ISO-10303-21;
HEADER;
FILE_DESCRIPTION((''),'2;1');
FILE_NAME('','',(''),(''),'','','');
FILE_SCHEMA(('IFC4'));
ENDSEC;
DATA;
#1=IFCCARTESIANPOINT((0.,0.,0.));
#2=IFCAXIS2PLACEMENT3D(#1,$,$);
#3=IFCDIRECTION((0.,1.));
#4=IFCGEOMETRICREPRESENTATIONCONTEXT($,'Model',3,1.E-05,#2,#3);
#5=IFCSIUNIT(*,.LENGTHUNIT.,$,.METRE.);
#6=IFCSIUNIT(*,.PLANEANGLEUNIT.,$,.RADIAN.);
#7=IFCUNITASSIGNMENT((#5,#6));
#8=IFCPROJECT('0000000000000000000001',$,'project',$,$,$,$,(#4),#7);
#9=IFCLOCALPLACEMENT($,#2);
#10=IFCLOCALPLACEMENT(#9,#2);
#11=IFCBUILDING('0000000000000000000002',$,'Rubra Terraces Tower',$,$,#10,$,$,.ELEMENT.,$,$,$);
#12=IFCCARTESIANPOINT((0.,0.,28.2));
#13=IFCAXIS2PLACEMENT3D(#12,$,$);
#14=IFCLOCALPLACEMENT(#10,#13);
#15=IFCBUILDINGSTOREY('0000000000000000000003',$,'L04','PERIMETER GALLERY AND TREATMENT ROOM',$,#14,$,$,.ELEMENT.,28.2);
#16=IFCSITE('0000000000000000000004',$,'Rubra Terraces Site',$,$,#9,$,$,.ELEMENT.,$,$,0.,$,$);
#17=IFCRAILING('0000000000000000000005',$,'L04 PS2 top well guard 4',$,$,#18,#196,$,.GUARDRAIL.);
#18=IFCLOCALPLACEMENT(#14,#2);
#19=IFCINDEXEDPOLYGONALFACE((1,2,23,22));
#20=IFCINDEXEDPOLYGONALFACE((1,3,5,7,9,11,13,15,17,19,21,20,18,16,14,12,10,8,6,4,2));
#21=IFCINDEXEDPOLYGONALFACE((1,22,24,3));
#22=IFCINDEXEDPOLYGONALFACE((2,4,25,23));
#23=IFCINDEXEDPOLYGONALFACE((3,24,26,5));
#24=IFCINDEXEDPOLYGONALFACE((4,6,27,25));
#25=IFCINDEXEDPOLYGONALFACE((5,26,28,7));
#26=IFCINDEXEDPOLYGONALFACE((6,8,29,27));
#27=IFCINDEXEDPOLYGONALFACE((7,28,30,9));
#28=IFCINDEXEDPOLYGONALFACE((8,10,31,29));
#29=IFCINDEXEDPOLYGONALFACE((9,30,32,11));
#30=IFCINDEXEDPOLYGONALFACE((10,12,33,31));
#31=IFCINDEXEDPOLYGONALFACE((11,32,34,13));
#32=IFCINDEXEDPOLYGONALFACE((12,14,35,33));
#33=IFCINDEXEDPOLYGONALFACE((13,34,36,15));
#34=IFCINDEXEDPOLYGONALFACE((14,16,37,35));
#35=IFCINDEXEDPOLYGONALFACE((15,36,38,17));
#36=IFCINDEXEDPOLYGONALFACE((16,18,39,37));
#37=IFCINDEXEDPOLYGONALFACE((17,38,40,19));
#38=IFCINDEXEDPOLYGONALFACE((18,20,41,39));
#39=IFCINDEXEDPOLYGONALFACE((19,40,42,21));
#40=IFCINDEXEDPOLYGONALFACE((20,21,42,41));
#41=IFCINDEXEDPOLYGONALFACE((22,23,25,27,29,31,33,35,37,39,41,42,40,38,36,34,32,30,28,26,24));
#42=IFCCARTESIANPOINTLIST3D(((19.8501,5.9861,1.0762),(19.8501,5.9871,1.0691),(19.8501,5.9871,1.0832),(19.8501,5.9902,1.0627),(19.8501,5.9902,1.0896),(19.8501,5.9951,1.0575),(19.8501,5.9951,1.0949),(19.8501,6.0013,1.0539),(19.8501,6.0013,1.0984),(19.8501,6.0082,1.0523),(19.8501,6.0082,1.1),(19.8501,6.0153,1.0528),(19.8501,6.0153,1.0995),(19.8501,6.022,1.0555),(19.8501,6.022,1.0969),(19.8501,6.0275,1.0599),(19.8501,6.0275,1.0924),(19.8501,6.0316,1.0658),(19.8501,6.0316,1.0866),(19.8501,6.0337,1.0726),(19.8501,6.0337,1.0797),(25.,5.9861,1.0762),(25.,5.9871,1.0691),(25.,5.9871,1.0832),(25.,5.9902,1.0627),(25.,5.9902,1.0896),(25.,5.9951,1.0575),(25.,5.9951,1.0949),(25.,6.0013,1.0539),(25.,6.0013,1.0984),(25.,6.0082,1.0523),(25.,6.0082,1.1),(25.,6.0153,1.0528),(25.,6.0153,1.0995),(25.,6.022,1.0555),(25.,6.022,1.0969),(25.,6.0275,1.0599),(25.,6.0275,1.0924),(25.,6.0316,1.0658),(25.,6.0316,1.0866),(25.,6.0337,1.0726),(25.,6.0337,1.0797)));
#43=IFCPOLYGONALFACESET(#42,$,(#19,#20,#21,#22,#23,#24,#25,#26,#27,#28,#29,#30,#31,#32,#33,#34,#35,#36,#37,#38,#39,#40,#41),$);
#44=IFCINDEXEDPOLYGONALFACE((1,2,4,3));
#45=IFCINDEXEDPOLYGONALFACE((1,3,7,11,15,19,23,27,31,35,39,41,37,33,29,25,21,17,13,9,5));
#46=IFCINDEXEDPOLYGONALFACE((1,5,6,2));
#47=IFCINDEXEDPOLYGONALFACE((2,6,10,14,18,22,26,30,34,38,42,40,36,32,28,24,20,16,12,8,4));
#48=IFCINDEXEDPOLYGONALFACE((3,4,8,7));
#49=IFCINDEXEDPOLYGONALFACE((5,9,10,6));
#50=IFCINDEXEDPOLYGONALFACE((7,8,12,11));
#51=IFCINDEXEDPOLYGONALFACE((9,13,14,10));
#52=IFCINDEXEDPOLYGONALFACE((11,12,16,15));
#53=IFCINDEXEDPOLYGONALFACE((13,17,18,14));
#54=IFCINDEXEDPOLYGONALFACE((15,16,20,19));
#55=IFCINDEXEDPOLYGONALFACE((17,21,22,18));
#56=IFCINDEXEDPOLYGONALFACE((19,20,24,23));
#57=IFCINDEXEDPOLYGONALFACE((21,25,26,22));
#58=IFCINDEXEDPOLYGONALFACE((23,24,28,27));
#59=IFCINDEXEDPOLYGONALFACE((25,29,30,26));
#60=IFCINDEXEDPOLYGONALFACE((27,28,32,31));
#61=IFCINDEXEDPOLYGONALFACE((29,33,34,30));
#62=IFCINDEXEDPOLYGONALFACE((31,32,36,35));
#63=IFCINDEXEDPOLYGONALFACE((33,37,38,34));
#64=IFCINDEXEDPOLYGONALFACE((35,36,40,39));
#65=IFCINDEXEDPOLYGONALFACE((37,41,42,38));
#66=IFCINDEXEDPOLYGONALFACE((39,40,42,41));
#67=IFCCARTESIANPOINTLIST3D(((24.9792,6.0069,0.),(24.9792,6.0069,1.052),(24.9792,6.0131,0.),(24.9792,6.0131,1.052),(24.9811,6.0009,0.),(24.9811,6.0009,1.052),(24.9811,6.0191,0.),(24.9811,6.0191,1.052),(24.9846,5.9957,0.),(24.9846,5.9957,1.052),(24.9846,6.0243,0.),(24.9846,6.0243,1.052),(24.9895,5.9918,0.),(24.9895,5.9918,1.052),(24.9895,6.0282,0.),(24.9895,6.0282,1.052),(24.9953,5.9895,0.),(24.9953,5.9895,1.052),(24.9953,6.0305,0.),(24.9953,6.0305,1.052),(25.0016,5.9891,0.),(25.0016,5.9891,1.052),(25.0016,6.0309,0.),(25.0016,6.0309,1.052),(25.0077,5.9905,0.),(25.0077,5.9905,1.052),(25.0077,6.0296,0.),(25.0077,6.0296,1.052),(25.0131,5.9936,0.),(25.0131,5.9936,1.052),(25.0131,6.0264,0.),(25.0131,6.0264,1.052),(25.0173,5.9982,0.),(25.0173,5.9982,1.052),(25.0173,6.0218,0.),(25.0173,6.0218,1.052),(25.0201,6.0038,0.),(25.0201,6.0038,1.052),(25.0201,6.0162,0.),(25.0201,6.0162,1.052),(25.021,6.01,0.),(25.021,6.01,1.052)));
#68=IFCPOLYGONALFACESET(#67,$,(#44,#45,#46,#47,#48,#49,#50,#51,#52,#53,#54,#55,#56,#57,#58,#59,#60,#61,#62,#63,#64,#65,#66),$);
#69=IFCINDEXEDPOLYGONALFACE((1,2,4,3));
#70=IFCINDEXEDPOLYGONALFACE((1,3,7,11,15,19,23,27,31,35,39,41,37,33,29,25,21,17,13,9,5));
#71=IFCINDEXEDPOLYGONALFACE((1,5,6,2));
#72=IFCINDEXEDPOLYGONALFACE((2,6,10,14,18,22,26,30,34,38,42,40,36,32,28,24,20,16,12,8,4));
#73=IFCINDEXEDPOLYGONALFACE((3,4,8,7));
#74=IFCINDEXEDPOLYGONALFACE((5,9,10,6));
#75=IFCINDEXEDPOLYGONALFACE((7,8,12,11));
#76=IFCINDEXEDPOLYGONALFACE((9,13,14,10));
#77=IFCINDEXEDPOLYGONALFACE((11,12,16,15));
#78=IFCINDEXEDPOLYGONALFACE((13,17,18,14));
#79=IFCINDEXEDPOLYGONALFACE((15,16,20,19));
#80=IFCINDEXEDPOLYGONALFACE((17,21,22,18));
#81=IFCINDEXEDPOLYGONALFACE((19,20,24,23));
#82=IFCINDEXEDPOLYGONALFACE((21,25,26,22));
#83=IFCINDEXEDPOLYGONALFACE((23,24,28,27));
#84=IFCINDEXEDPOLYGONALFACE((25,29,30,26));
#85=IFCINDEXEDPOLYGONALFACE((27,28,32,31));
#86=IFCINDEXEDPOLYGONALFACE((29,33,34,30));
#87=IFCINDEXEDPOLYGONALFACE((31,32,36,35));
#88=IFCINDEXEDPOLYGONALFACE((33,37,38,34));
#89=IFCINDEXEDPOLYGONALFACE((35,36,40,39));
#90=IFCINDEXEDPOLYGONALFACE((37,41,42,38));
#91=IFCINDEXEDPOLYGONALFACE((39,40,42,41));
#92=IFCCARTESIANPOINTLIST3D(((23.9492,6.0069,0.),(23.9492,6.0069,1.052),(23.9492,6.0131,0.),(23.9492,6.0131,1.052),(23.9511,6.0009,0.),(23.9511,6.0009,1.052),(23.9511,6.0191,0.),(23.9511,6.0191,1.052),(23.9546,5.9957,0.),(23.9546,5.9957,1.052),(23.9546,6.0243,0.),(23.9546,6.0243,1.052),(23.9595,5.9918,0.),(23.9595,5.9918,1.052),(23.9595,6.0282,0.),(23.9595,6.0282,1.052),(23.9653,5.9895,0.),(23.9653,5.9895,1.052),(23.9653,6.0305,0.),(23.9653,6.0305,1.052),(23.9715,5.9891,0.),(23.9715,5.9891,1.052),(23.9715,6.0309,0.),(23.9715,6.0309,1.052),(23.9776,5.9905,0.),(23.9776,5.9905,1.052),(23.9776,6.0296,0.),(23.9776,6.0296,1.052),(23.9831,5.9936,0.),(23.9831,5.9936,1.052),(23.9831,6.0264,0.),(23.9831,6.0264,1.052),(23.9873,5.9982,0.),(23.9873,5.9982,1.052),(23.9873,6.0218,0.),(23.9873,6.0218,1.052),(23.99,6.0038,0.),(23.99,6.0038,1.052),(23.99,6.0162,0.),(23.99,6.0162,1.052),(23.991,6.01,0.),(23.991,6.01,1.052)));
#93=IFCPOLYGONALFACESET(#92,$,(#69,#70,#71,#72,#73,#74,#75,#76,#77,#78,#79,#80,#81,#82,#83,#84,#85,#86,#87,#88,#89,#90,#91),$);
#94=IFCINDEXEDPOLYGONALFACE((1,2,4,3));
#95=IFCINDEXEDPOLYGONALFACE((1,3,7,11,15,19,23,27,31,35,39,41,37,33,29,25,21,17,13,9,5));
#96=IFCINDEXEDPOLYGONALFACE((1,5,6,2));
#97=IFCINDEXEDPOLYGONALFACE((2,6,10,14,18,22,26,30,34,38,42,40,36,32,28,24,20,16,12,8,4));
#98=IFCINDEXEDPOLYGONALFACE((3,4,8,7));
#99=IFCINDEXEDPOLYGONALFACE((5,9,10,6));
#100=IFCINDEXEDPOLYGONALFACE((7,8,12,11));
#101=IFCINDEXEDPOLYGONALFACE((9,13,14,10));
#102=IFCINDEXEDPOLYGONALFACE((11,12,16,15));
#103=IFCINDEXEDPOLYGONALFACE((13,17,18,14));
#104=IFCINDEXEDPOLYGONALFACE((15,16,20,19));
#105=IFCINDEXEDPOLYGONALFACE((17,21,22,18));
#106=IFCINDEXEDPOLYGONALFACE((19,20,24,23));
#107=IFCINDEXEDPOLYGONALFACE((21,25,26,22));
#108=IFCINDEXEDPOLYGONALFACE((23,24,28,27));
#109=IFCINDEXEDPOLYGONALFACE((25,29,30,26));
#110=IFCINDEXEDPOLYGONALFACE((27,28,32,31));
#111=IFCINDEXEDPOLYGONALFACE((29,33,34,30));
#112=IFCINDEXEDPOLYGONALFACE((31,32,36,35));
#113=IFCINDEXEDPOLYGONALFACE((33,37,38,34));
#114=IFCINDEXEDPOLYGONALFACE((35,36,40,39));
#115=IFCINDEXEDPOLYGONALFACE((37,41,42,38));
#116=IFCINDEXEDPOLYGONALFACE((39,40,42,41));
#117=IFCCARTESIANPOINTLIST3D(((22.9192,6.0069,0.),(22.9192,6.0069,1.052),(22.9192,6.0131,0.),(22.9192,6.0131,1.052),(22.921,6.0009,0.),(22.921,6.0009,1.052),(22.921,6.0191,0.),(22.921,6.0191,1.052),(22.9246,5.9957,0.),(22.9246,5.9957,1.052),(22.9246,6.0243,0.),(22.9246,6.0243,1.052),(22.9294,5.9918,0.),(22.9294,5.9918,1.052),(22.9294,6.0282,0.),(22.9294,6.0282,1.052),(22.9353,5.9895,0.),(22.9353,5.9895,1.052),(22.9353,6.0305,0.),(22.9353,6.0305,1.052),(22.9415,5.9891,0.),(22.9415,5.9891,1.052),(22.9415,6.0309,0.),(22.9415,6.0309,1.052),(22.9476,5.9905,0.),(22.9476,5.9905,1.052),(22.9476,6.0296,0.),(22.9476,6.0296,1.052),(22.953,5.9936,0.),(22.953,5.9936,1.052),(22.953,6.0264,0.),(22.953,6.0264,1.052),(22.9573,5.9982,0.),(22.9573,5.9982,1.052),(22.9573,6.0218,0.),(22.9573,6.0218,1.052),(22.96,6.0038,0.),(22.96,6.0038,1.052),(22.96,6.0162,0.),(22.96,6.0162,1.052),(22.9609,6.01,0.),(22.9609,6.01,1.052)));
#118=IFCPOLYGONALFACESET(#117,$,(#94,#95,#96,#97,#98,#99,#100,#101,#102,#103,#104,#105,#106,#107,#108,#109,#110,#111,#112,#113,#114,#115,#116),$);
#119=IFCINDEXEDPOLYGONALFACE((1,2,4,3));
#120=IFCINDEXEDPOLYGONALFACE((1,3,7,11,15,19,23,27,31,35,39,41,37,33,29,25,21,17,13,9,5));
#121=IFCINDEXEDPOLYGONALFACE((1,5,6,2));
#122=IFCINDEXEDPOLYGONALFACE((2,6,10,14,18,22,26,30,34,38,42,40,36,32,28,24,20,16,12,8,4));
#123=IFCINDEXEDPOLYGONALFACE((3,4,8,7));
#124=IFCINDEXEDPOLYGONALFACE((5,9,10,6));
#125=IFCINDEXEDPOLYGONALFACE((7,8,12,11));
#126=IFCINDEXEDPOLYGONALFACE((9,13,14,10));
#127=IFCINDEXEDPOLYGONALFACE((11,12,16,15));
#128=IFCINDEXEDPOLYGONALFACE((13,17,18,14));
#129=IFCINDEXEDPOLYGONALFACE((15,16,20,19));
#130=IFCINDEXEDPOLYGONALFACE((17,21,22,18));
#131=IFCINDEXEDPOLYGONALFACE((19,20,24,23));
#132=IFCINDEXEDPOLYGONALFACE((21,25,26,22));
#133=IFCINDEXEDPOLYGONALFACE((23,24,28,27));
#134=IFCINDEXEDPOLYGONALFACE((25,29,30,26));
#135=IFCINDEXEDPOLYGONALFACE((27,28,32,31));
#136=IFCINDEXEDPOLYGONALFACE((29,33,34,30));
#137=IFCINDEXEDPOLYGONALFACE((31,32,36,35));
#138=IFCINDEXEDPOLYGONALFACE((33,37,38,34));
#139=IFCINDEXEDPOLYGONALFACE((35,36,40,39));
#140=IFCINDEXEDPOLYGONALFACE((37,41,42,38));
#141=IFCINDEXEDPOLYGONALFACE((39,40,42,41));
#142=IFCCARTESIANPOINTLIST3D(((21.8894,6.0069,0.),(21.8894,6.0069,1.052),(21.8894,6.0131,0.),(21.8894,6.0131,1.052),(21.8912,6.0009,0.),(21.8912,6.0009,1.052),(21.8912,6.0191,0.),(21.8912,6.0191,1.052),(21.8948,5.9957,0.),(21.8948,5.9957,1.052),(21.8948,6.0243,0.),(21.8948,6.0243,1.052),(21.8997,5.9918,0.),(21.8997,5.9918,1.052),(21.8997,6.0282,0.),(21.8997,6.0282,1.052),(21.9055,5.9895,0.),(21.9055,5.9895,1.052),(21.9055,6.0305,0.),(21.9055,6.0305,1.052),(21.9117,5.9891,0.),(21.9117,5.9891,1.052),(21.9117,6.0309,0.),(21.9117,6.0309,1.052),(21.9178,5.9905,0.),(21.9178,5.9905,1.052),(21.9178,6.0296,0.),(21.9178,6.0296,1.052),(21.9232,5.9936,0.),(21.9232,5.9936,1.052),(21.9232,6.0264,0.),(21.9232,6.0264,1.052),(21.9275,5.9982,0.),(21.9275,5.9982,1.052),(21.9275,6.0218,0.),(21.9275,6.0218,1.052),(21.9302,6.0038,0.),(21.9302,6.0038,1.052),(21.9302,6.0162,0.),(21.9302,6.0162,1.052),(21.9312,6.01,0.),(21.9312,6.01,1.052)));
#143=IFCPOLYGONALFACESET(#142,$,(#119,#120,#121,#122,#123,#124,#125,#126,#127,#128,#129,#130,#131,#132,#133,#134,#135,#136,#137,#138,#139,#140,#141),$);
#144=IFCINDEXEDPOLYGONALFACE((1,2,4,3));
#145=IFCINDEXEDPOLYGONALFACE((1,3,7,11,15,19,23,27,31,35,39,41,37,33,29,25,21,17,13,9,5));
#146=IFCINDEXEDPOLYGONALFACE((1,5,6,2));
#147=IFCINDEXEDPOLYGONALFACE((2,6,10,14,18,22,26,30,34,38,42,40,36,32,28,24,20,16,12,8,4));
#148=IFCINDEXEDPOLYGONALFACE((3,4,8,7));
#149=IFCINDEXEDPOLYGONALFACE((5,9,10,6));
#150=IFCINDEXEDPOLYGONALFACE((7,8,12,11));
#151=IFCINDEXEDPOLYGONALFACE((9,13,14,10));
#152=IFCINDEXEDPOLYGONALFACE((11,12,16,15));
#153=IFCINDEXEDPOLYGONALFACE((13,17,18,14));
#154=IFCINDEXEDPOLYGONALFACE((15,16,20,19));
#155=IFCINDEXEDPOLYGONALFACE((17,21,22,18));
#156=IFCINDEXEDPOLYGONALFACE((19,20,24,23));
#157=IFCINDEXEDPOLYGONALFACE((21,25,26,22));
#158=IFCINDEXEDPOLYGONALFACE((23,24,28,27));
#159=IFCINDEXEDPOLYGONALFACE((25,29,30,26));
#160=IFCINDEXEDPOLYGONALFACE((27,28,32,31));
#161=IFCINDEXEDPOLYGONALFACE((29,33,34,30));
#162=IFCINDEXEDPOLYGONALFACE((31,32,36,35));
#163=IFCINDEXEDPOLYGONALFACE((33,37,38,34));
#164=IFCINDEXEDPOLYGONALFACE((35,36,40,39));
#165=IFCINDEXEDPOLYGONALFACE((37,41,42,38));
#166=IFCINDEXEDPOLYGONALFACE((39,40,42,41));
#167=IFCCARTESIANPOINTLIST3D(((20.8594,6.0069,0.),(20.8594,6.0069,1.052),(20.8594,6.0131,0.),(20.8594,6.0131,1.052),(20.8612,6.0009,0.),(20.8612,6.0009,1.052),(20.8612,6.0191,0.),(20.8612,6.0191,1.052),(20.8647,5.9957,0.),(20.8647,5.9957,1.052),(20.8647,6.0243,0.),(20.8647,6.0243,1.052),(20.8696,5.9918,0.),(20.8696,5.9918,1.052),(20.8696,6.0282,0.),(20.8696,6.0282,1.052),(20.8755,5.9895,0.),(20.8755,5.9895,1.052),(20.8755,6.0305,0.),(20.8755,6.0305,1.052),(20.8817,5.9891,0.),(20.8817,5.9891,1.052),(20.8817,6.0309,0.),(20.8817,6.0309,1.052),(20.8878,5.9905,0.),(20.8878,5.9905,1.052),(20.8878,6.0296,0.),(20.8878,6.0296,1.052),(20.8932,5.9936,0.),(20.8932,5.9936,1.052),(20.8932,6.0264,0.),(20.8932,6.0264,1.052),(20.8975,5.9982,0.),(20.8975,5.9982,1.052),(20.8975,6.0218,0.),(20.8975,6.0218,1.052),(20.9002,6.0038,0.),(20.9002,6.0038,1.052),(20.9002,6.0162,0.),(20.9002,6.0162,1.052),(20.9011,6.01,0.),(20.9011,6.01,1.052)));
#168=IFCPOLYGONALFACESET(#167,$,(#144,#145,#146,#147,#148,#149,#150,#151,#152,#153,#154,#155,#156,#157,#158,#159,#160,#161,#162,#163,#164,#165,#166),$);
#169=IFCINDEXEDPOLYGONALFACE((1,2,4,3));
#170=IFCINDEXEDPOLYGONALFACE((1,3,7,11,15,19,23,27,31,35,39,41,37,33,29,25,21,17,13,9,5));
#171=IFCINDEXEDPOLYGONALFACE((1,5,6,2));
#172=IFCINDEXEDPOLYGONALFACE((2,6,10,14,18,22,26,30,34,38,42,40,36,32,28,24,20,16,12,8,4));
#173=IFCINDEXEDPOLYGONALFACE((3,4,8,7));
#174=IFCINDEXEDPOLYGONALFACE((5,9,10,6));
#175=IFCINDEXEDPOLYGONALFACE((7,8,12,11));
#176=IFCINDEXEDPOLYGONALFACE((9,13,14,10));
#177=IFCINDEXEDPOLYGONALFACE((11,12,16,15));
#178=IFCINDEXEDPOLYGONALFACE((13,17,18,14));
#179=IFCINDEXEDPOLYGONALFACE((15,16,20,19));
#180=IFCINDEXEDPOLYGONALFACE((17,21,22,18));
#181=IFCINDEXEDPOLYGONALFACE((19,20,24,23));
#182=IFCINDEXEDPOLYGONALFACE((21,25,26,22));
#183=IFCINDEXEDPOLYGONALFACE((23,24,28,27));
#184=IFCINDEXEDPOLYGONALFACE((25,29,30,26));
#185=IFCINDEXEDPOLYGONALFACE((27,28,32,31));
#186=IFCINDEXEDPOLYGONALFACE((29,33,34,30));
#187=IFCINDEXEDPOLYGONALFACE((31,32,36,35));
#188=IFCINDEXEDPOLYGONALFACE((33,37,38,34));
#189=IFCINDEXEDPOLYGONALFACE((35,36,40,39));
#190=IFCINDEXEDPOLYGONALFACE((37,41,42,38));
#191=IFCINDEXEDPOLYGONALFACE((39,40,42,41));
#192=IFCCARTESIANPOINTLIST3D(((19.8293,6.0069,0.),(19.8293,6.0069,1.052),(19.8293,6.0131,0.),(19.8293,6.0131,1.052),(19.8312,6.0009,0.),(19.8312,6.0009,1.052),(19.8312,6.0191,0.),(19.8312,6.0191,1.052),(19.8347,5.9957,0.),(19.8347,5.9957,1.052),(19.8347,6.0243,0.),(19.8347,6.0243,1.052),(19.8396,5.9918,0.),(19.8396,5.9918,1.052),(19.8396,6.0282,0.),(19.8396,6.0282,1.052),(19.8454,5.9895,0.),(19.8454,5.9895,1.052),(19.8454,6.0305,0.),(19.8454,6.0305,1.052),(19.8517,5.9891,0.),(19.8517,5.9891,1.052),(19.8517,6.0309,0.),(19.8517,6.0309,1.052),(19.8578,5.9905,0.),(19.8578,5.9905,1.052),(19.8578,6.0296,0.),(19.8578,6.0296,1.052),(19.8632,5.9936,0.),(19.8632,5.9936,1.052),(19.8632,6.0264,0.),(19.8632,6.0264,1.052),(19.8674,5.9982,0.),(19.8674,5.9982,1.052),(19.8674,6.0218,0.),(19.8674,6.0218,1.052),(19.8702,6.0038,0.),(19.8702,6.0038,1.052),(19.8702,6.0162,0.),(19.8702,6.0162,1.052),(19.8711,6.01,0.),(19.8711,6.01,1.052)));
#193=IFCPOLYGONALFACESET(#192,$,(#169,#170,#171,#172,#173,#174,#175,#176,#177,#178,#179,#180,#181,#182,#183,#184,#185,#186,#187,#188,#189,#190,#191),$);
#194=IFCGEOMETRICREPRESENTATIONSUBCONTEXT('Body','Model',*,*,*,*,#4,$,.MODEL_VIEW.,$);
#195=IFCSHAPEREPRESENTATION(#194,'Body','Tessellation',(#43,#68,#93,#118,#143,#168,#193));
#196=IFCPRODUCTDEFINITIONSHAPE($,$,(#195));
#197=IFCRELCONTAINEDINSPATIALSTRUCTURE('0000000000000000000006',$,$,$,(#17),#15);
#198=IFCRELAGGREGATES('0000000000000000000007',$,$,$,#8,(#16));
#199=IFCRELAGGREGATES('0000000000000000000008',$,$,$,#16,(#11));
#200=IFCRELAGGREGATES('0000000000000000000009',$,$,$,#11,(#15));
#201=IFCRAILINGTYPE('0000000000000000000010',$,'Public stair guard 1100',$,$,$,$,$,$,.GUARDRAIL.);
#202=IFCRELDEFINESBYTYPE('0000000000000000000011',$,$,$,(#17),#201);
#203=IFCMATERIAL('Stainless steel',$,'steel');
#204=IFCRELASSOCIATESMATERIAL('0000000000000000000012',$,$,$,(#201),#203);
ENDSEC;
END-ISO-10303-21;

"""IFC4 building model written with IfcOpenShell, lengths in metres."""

from ifc_helpers import new_model, si_unit, direction, frame, origin, origin_2d, place, context, subcontext, project, spatial, circle, extrude, material, type_object, element, save


model = new_model("IFC4")

# Units and contexts
model_context = context("Model", 3, precision=1e-05, world=origin(), true_north=direction((0.0, 1.0)))
body_context = subcontext(model_context, "Body", "Model", "MODEL_VIEW")
ifc_project = project(units=[si_unit("LENGTHUNIT", "METRE"), si_unit("PLANEANGLEUNIT", "RADIAN")], contexts=[model_context])

# Site, building, storey
site_placement = place(None, origin())
site = spatial("IfcSite", under=ifc_project, at=site_placement, Name="Rubra Terraces Site", CompositionType="ELEMENT", RefElevation=0.0)
building_placement = place(site_placement, origin())
building = spatial("IfcBuilding", under=site, at=building_placement, Name="Rubra Terraces Tower", CompositionType="ELEMENT")
storey_placement = place(building_placement, frame((0.0, 0.0, 28.2)))
storey = spatial("IfcBuildingStorey", under=building, at=storey_placement, Name="L04", Description="PERIMETER GALLERY AND TREATMENT ROOM", CompositionType="ELEMENT", Elevation=28.2)

# Railing
ifc_material_1 = material(Name="Stainless steel", Category="steel")
railing_type = type_object("IfcRailingType", Name="Public stair guard 1100", PredefinedType="GUARDRAIL", material=ifc_material_1)
railing_placement = place(storey_placement, frame((25.0, 6.01, 0.0)))
element("IfcRailing", 1, at=railing_placement, inside=storey, type_object=railing_type, Name="L04 PS2 top well guard 4", PredefinedType="GUARDRAIL", context=body_context, shape_type="SweptSolid", body=[
    extrude(circle(Radius=0.0239, at=origin_2d()), frame((0.0, 0.0, 1.0762), z_axis=(-1.0, 0.0, 0.0), x_axis=(0.0, -1.0, 0.0)), (0.0, 0.0, 1.0), 5.1499),
    extrude(circle(Radius=0.021, at=origin_2d()), origin(), (0.0, 0.0, 1.0), 1.052),
    extrude(circle(Radius=0.021, at=origin_2d()), frame((-1.03, 0.0, 0.0)), (0.0, 0.0, 1.0), 1.052),
    extrude(circle(Radius=0.021, at=origin_2d()), frame((-2.0601, 0.0, 0.0)), (0.0, 0.0, 1.0), 1.052),
    extrude(circle(Radius=0.021, at=origin_2d()), frame((-3.0898, 0.0, 0.0)), (0.0, 0.0, 1.0), 1.052),
    extrude(circle(Radius=0.021, at=origin_2d()), frame((-4.1199, 0.0, 0.0)), (0.0, 0.0, 1.0), 1.052),
    extrude(circle(Radius=0.021, at=origin_2d()), frame((-5.1499, 0.0, 0.0)), (0.0, 0.0, 1.0), 1.052),
])

save(model, "model.ifc")
